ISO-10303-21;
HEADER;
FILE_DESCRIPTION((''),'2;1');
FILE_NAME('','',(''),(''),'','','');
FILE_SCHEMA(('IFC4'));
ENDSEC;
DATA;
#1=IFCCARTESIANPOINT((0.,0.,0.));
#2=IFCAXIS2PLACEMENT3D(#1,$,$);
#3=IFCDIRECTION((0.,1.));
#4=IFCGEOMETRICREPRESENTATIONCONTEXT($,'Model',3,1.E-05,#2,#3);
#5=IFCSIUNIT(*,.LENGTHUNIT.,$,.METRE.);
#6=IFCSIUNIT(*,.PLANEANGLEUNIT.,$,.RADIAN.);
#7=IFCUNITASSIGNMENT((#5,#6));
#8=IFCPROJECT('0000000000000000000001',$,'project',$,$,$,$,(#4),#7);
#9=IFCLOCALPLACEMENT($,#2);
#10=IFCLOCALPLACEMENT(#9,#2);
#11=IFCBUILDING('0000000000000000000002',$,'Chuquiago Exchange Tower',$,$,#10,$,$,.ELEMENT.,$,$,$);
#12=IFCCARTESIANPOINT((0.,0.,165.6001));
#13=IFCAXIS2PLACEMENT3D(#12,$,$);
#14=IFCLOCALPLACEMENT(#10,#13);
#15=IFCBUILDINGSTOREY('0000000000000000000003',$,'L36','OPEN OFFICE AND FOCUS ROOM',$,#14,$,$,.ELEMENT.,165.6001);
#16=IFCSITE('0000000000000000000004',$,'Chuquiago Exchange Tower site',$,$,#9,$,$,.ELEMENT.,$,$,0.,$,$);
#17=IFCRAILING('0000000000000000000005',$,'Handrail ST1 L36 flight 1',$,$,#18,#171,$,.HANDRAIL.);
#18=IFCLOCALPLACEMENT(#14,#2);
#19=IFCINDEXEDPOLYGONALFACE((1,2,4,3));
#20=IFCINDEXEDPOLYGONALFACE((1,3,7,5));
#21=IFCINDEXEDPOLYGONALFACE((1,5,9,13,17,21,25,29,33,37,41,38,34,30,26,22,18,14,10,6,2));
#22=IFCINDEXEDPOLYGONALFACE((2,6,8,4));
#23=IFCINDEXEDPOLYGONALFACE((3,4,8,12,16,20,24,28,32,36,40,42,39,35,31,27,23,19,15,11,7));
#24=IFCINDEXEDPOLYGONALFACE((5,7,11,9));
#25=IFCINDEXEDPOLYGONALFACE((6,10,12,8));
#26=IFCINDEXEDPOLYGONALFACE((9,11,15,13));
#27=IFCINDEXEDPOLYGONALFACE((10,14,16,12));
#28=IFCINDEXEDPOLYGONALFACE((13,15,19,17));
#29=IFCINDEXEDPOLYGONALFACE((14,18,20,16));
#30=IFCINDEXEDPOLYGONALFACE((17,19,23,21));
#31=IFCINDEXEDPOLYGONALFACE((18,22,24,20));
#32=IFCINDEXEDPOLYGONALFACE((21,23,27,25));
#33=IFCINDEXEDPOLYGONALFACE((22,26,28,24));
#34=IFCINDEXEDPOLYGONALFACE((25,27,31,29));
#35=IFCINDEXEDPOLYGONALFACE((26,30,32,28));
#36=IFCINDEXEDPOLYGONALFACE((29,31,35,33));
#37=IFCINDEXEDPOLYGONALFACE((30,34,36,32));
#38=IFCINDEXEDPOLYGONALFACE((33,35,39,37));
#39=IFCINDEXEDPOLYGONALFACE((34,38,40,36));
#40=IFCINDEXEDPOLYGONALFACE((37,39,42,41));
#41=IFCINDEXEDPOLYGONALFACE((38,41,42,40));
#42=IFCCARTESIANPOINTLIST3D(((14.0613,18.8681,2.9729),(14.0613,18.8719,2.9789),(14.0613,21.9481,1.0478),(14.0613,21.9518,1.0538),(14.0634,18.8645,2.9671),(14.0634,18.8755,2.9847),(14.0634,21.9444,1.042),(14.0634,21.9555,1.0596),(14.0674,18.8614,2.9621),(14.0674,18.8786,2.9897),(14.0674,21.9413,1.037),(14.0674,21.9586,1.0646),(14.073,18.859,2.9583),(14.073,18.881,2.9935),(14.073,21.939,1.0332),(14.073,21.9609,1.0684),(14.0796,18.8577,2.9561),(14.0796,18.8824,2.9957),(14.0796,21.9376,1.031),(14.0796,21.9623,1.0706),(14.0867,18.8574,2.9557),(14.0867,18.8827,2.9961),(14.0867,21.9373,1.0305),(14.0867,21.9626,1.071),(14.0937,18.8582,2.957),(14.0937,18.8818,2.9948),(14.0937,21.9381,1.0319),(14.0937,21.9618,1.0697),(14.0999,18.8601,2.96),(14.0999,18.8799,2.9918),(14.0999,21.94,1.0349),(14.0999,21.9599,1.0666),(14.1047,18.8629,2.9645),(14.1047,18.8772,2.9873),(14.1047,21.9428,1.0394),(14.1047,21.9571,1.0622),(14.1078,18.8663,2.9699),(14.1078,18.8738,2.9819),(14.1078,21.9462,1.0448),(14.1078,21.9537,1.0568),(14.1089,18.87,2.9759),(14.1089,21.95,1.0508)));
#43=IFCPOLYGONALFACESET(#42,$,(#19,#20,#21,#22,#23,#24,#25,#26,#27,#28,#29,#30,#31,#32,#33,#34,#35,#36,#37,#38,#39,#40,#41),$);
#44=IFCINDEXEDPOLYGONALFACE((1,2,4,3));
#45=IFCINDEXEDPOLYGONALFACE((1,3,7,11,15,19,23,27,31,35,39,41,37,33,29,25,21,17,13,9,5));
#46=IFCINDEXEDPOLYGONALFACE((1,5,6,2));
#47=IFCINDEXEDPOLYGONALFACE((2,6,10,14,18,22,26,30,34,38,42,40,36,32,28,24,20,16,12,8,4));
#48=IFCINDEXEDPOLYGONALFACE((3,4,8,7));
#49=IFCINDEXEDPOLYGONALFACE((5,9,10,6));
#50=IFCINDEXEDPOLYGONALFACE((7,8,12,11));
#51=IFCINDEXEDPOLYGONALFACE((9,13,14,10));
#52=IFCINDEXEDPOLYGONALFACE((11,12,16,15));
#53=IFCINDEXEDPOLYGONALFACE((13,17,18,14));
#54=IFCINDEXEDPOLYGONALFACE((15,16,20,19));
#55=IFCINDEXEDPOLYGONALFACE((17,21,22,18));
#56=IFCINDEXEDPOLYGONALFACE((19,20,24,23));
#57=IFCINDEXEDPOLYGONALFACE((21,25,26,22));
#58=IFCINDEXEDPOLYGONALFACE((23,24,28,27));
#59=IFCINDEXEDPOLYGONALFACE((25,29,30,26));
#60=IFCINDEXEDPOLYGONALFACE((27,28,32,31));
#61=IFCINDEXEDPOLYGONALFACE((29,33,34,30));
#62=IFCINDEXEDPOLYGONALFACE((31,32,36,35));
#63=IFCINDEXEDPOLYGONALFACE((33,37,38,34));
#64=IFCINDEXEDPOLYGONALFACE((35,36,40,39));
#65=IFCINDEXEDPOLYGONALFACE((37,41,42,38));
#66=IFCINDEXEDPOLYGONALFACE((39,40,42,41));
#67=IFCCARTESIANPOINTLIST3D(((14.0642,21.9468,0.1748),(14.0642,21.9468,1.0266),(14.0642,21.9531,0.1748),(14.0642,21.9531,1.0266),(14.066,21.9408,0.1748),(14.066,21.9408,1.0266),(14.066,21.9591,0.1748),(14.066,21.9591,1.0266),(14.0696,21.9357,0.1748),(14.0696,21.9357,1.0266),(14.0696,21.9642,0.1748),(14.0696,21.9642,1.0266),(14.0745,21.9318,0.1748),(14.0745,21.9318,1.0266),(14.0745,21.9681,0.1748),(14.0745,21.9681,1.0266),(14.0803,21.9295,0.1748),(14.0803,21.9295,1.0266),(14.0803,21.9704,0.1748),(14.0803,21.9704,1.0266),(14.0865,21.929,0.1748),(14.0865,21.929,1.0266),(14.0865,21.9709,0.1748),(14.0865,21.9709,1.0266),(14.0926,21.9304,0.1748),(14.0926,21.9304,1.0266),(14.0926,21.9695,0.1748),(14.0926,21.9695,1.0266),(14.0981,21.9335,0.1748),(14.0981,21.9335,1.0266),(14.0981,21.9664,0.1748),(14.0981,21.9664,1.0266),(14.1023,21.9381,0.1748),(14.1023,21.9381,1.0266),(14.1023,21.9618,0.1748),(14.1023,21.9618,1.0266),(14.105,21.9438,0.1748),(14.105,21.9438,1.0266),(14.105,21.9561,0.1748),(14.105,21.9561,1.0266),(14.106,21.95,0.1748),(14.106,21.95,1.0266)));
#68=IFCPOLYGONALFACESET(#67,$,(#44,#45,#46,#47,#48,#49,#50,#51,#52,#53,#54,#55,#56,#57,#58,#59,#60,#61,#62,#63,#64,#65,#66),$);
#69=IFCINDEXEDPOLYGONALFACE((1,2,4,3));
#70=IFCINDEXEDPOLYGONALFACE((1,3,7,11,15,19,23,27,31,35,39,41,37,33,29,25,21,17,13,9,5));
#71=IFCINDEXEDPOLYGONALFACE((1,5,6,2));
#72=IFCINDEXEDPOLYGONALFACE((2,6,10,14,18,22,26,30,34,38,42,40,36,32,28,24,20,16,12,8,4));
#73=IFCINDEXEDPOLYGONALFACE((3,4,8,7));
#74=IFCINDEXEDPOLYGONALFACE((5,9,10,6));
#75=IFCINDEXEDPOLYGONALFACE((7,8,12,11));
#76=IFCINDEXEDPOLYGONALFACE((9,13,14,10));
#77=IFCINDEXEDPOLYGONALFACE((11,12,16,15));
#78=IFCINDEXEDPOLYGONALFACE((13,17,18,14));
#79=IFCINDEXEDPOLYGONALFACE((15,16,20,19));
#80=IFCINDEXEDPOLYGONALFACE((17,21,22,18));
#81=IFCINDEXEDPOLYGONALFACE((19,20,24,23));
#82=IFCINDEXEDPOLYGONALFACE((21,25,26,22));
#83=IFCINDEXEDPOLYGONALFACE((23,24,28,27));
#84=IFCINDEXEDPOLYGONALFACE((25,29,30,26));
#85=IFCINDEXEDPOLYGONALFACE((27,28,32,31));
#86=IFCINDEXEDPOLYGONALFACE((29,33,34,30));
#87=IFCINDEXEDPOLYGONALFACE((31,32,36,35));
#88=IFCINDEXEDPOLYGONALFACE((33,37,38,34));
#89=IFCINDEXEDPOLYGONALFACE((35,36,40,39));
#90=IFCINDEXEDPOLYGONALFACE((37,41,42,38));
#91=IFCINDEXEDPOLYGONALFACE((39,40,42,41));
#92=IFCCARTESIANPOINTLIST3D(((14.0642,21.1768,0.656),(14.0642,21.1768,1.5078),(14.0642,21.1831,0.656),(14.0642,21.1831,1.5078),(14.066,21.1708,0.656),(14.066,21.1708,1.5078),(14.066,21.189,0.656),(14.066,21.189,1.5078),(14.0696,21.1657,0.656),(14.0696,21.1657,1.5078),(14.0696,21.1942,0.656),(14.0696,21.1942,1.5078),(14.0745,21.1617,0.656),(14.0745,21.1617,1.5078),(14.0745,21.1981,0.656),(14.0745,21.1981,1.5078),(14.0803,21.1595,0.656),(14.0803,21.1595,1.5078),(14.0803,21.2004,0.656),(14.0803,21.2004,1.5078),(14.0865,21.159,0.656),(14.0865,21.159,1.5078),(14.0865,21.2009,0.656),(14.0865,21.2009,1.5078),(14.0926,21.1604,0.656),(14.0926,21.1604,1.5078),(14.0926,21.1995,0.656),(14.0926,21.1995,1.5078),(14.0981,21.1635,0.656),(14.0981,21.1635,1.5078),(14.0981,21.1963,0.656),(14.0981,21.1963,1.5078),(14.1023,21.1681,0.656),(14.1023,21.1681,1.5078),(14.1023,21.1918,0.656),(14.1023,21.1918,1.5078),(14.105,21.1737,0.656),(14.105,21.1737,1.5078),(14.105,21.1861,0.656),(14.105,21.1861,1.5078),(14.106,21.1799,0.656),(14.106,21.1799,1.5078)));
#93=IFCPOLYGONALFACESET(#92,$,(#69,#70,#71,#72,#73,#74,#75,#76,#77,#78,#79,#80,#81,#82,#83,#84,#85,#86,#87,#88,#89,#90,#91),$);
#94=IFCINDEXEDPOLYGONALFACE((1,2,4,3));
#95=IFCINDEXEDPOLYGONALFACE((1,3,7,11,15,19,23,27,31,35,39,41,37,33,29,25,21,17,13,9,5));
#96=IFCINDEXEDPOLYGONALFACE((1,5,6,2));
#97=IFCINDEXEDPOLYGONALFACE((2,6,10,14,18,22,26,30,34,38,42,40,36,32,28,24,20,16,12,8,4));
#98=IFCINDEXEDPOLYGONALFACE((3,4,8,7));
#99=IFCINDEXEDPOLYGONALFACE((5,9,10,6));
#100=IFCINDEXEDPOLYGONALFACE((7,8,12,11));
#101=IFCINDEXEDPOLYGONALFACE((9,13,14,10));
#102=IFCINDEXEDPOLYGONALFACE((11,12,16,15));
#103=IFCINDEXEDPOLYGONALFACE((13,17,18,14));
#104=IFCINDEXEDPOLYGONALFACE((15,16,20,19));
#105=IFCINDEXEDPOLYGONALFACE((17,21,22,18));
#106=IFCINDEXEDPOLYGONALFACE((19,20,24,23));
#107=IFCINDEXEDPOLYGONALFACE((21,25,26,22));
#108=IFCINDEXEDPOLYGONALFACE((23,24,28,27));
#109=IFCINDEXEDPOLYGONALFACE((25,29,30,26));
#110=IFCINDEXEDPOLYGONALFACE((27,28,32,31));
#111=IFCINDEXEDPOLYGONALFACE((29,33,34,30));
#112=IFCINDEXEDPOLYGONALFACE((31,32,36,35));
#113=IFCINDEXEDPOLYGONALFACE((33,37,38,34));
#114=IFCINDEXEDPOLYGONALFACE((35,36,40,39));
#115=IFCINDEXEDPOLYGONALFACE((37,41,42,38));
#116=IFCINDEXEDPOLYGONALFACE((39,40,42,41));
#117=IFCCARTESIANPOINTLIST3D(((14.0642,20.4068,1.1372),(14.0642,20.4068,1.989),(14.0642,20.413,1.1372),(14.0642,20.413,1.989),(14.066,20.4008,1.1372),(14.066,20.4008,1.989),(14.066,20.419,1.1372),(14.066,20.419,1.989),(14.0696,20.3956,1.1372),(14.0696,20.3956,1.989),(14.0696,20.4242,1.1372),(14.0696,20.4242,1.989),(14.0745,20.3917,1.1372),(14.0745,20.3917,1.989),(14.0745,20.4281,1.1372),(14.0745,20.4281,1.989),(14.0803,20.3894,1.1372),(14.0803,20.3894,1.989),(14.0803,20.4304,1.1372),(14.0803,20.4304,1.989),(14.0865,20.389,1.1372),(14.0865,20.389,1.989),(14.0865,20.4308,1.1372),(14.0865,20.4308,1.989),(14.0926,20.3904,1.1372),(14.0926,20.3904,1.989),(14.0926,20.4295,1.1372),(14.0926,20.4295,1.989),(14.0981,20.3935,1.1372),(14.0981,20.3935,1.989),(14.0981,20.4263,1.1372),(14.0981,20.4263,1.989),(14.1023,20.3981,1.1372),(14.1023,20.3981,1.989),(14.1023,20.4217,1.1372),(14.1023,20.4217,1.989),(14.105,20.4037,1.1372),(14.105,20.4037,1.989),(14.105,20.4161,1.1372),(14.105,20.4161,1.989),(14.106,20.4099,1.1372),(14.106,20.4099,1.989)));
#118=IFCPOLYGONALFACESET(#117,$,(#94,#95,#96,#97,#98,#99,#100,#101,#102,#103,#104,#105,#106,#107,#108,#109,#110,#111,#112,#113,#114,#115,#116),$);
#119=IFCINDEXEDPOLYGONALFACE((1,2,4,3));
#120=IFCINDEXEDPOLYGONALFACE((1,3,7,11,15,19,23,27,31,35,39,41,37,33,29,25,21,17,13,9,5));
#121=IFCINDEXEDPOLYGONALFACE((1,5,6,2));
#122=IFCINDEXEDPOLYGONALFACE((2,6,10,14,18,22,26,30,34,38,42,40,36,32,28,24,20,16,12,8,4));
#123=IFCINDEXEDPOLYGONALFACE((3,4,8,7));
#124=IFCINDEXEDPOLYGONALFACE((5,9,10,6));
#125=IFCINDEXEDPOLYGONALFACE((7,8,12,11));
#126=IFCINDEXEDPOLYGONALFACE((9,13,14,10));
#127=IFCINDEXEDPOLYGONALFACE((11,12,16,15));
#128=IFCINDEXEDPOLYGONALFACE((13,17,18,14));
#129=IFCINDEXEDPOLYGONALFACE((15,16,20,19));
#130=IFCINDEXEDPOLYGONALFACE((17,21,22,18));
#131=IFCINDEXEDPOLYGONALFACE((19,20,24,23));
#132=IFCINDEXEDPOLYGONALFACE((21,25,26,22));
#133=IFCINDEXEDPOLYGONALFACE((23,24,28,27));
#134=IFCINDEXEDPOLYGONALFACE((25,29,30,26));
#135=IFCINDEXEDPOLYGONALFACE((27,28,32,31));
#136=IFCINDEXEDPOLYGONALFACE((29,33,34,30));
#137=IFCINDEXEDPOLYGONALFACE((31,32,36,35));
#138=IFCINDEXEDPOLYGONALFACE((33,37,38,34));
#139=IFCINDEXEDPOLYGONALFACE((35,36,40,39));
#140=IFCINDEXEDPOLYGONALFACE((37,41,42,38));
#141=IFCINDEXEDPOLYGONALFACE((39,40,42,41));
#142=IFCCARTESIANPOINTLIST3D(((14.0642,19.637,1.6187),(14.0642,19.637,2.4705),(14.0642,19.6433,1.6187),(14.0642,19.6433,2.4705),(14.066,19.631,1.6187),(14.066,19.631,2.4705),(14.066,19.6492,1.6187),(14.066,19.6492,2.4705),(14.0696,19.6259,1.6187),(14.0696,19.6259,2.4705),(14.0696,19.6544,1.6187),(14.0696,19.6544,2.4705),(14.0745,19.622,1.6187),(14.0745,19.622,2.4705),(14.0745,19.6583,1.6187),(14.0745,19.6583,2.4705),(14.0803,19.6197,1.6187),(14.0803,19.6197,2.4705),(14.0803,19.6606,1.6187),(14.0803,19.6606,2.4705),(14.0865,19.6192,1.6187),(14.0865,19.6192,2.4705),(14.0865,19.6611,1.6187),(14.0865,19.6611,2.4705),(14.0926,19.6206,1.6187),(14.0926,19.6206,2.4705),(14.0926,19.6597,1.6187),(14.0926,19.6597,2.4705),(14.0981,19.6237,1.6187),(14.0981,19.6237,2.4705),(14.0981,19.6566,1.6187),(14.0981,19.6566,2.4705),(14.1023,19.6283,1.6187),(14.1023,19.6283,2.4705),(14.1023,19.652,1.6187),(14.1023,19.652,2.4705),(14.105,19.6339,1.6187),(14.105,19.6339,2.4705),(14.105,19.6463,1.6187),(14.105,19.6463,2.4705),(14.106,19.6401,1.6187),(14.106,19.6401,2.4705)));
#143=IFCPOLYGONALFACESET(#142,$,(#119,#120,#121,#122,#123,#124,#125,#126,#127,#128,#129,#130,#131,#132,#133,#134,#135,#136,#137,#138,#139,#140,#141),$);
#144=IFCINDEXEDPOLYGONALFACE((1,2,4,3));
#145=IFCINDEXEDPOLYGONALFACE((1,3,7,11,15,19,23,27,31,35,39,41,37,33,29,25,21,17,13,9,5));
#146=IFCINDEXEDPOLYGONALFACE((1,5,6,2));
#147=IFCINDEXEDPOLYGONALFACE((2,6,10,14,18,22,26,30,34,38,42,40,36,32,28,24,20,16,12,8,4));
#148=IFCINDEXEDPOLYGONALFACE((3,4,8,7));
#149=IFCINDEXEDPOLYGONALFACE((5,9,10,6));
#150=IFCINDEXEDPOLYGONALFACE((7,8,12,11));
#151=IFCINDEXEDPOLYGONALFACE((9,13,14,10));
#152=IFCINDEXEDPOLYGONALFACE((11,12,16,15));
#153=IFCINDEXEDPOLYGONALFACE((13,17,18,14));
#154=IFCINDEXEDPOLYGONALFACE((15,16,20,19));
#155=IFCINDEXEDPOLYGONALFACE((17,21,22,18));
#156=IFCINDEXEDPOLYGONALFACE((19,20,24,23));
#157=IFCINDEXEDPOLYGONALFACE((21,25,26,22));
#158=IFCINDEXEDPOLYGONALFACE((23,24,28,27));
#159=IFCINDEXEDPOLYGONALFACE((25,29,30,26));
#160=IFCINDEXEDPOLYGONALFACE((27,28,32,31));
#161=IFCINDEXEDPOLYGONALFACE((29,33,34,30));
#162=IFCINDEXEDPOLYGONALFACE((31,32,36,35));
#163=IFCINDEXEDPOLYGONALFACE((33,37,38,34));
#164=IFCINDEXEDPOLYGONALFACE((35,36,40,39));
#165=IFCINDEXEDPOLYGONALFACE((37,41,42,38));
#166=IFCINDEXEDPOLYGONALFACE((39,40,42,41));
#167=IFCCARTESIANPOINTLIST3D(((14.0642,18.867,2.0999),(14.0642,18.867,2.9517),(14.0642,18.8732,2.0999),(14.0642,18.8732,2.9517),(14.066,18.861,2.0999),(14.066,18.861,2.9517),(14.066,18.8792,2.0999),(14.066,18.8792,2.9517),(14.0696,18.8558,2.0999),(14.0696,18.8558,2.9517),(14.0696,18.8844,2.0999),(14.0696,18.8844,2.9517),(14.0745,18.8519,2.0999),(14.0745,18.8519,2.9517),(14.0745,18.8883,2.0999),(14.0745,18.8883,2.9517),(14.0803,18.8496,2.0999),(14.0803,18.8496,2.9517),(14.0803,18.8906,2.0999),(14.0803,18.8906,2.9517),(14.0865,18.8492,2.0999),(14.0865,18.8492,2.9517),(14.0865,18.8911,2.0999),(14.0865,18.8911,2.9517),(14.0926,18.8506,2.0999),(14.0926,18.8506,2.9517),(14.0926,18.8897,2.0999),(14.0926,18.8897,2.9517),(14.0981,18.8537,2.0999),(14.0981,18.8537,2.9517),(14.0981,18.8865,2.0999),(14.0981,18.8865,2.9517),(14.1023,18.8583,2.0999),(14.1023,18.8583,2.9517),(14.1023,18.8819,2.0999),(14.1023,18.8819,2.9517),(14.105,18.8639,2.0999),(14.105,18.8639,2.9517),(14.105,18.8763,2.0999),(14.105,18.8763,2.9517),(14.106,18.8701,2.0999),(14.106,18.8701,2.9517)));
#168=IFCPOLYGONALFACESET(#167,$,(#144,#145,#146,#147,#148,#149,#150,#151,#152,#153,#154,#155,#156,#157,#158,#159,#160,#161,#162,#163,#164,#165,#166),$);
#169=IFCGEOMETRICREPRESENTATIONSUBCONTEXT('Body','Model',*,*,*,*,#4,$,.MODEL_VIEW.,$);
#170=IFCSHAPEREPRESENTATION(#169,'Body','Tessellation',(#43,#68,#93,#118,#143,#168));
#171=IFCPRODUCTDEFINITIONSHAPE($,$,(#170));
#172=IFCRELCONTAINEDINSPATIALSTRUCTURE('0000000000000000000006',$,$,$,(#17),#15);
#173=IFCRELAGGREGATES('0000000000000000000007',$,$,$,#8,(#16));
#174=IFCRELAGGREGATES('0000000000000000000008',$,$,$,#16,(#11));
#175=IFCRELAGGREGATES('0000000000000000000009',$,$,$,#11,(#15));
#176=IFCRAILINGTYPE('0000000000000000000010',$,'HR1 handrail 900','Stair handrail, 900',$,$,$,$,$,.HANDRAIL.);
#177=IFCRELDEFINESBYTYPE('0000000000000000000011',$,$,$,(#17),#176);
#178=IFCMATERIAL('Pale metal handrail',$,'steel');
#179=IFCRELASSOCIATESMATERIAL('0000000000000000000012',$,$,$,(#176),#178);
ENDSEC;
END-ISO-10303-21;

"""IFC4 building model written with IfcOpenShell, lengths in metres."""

from ifc_helpers import new_model, si_unit, direction, frame, origin, origin_2d, place, context, subcontext, project, spatial, circle, extrude, material, type_object, element, save


model = new_model("IFC4")

# Units and contexts
model_context = context("Model", 3, precision=1e-05, world=origin(), true_north=direction((0.0, 1.0)))
body_context = subcontext(model_context, "Body", "Model", "MODEL_VIEW")
ifc_project = project(units=[si_unit("LENGTHUNIT", "METRE"), si_unit("PLANEANGLEUNIT", "RADIAN")], contexts=[model_context])

# Site, building, storey
site_placement = place(None, origin())
site = spatial("IfcSite", under=ifc_project, at=site_placement, Name="Chuquiago Exchange Tower site", CompositionType="ELEMENT", RefElevation=0.0)
building_placement = place(site_placement, origin())
building = spatial("IfcBuilding", under=site, at=building_placement, Name="Chuquiago Exchange Tower", CompositionType="ELEMENT")
storey_placement = place(building_placement, frame((0.0, 0.0, 165.6001)))
storey = spatial("IfcBuildingStorey", under=building, at=storey_placement, Name="L36", Description="OPEN OFFICE AND FOCUS ROOM", CompositionType="ELEMENT", Elevation=165.6001)

# Railing
ifc_material_1 = material(Name="Pale metal handrail", Category="steel")
railing_type = type_object("IfcRailingType", Name="HR1 handrail 900", Description="Stair handrail, 900", PredefinedType="HANDRAIL", material=ifc_material_1)
for number, where, name in (
    (1, (14.085, 21.95, 0.1748), "Handrail ST1 L36 flight 1"),
):
    element("IfcRailing", number, at=place(storey_placement, frame(where)), inside=storey, type_object=railing_type, Name=name, PredefinedType="HANDRAIL", context=body_context, shape_type="SweptSolid", body=[
        extrude(circle(Radius=0.0239, at=origin_2d()), frame((0.0, 0.0, 0.876), z_axis=(0.0, -0.847979, 0.530029), x_axis=(1.0, 0.0, 0.0)), (0.0, 0.0, 1.0), 3.6321),
        extrude(circle(Radius=0.021, at=origin_2d()), origin(), (0.0, 0.0, 1.0), 0.8518),
        extrude(circle(Radius=0.021, at=origin_2d()), frame((0.0, -0.77, 0.4812)), (0.0, 0.0, 1.0), 0.8518),
        extrude(circle(Radius=0.021, at=origin_2d()), frame((0.0, -1.54, 0.9624)), (0.0, 0.0, 1.0), 0.8518),
        extrude(circle(Radius=0.021, at=origin_2d()), frame((0.0, -2.3098, 1.4438)), (0.0, 0.0, 1.0), 0.8518),
        extrude(circle(Radius=0.021, at=origin_2d()), frame((0.0, -3.0798, 1.925)), (0.0, 0.0, 1.0), 0.8518),
    ])

save(model, "model.ifc")
